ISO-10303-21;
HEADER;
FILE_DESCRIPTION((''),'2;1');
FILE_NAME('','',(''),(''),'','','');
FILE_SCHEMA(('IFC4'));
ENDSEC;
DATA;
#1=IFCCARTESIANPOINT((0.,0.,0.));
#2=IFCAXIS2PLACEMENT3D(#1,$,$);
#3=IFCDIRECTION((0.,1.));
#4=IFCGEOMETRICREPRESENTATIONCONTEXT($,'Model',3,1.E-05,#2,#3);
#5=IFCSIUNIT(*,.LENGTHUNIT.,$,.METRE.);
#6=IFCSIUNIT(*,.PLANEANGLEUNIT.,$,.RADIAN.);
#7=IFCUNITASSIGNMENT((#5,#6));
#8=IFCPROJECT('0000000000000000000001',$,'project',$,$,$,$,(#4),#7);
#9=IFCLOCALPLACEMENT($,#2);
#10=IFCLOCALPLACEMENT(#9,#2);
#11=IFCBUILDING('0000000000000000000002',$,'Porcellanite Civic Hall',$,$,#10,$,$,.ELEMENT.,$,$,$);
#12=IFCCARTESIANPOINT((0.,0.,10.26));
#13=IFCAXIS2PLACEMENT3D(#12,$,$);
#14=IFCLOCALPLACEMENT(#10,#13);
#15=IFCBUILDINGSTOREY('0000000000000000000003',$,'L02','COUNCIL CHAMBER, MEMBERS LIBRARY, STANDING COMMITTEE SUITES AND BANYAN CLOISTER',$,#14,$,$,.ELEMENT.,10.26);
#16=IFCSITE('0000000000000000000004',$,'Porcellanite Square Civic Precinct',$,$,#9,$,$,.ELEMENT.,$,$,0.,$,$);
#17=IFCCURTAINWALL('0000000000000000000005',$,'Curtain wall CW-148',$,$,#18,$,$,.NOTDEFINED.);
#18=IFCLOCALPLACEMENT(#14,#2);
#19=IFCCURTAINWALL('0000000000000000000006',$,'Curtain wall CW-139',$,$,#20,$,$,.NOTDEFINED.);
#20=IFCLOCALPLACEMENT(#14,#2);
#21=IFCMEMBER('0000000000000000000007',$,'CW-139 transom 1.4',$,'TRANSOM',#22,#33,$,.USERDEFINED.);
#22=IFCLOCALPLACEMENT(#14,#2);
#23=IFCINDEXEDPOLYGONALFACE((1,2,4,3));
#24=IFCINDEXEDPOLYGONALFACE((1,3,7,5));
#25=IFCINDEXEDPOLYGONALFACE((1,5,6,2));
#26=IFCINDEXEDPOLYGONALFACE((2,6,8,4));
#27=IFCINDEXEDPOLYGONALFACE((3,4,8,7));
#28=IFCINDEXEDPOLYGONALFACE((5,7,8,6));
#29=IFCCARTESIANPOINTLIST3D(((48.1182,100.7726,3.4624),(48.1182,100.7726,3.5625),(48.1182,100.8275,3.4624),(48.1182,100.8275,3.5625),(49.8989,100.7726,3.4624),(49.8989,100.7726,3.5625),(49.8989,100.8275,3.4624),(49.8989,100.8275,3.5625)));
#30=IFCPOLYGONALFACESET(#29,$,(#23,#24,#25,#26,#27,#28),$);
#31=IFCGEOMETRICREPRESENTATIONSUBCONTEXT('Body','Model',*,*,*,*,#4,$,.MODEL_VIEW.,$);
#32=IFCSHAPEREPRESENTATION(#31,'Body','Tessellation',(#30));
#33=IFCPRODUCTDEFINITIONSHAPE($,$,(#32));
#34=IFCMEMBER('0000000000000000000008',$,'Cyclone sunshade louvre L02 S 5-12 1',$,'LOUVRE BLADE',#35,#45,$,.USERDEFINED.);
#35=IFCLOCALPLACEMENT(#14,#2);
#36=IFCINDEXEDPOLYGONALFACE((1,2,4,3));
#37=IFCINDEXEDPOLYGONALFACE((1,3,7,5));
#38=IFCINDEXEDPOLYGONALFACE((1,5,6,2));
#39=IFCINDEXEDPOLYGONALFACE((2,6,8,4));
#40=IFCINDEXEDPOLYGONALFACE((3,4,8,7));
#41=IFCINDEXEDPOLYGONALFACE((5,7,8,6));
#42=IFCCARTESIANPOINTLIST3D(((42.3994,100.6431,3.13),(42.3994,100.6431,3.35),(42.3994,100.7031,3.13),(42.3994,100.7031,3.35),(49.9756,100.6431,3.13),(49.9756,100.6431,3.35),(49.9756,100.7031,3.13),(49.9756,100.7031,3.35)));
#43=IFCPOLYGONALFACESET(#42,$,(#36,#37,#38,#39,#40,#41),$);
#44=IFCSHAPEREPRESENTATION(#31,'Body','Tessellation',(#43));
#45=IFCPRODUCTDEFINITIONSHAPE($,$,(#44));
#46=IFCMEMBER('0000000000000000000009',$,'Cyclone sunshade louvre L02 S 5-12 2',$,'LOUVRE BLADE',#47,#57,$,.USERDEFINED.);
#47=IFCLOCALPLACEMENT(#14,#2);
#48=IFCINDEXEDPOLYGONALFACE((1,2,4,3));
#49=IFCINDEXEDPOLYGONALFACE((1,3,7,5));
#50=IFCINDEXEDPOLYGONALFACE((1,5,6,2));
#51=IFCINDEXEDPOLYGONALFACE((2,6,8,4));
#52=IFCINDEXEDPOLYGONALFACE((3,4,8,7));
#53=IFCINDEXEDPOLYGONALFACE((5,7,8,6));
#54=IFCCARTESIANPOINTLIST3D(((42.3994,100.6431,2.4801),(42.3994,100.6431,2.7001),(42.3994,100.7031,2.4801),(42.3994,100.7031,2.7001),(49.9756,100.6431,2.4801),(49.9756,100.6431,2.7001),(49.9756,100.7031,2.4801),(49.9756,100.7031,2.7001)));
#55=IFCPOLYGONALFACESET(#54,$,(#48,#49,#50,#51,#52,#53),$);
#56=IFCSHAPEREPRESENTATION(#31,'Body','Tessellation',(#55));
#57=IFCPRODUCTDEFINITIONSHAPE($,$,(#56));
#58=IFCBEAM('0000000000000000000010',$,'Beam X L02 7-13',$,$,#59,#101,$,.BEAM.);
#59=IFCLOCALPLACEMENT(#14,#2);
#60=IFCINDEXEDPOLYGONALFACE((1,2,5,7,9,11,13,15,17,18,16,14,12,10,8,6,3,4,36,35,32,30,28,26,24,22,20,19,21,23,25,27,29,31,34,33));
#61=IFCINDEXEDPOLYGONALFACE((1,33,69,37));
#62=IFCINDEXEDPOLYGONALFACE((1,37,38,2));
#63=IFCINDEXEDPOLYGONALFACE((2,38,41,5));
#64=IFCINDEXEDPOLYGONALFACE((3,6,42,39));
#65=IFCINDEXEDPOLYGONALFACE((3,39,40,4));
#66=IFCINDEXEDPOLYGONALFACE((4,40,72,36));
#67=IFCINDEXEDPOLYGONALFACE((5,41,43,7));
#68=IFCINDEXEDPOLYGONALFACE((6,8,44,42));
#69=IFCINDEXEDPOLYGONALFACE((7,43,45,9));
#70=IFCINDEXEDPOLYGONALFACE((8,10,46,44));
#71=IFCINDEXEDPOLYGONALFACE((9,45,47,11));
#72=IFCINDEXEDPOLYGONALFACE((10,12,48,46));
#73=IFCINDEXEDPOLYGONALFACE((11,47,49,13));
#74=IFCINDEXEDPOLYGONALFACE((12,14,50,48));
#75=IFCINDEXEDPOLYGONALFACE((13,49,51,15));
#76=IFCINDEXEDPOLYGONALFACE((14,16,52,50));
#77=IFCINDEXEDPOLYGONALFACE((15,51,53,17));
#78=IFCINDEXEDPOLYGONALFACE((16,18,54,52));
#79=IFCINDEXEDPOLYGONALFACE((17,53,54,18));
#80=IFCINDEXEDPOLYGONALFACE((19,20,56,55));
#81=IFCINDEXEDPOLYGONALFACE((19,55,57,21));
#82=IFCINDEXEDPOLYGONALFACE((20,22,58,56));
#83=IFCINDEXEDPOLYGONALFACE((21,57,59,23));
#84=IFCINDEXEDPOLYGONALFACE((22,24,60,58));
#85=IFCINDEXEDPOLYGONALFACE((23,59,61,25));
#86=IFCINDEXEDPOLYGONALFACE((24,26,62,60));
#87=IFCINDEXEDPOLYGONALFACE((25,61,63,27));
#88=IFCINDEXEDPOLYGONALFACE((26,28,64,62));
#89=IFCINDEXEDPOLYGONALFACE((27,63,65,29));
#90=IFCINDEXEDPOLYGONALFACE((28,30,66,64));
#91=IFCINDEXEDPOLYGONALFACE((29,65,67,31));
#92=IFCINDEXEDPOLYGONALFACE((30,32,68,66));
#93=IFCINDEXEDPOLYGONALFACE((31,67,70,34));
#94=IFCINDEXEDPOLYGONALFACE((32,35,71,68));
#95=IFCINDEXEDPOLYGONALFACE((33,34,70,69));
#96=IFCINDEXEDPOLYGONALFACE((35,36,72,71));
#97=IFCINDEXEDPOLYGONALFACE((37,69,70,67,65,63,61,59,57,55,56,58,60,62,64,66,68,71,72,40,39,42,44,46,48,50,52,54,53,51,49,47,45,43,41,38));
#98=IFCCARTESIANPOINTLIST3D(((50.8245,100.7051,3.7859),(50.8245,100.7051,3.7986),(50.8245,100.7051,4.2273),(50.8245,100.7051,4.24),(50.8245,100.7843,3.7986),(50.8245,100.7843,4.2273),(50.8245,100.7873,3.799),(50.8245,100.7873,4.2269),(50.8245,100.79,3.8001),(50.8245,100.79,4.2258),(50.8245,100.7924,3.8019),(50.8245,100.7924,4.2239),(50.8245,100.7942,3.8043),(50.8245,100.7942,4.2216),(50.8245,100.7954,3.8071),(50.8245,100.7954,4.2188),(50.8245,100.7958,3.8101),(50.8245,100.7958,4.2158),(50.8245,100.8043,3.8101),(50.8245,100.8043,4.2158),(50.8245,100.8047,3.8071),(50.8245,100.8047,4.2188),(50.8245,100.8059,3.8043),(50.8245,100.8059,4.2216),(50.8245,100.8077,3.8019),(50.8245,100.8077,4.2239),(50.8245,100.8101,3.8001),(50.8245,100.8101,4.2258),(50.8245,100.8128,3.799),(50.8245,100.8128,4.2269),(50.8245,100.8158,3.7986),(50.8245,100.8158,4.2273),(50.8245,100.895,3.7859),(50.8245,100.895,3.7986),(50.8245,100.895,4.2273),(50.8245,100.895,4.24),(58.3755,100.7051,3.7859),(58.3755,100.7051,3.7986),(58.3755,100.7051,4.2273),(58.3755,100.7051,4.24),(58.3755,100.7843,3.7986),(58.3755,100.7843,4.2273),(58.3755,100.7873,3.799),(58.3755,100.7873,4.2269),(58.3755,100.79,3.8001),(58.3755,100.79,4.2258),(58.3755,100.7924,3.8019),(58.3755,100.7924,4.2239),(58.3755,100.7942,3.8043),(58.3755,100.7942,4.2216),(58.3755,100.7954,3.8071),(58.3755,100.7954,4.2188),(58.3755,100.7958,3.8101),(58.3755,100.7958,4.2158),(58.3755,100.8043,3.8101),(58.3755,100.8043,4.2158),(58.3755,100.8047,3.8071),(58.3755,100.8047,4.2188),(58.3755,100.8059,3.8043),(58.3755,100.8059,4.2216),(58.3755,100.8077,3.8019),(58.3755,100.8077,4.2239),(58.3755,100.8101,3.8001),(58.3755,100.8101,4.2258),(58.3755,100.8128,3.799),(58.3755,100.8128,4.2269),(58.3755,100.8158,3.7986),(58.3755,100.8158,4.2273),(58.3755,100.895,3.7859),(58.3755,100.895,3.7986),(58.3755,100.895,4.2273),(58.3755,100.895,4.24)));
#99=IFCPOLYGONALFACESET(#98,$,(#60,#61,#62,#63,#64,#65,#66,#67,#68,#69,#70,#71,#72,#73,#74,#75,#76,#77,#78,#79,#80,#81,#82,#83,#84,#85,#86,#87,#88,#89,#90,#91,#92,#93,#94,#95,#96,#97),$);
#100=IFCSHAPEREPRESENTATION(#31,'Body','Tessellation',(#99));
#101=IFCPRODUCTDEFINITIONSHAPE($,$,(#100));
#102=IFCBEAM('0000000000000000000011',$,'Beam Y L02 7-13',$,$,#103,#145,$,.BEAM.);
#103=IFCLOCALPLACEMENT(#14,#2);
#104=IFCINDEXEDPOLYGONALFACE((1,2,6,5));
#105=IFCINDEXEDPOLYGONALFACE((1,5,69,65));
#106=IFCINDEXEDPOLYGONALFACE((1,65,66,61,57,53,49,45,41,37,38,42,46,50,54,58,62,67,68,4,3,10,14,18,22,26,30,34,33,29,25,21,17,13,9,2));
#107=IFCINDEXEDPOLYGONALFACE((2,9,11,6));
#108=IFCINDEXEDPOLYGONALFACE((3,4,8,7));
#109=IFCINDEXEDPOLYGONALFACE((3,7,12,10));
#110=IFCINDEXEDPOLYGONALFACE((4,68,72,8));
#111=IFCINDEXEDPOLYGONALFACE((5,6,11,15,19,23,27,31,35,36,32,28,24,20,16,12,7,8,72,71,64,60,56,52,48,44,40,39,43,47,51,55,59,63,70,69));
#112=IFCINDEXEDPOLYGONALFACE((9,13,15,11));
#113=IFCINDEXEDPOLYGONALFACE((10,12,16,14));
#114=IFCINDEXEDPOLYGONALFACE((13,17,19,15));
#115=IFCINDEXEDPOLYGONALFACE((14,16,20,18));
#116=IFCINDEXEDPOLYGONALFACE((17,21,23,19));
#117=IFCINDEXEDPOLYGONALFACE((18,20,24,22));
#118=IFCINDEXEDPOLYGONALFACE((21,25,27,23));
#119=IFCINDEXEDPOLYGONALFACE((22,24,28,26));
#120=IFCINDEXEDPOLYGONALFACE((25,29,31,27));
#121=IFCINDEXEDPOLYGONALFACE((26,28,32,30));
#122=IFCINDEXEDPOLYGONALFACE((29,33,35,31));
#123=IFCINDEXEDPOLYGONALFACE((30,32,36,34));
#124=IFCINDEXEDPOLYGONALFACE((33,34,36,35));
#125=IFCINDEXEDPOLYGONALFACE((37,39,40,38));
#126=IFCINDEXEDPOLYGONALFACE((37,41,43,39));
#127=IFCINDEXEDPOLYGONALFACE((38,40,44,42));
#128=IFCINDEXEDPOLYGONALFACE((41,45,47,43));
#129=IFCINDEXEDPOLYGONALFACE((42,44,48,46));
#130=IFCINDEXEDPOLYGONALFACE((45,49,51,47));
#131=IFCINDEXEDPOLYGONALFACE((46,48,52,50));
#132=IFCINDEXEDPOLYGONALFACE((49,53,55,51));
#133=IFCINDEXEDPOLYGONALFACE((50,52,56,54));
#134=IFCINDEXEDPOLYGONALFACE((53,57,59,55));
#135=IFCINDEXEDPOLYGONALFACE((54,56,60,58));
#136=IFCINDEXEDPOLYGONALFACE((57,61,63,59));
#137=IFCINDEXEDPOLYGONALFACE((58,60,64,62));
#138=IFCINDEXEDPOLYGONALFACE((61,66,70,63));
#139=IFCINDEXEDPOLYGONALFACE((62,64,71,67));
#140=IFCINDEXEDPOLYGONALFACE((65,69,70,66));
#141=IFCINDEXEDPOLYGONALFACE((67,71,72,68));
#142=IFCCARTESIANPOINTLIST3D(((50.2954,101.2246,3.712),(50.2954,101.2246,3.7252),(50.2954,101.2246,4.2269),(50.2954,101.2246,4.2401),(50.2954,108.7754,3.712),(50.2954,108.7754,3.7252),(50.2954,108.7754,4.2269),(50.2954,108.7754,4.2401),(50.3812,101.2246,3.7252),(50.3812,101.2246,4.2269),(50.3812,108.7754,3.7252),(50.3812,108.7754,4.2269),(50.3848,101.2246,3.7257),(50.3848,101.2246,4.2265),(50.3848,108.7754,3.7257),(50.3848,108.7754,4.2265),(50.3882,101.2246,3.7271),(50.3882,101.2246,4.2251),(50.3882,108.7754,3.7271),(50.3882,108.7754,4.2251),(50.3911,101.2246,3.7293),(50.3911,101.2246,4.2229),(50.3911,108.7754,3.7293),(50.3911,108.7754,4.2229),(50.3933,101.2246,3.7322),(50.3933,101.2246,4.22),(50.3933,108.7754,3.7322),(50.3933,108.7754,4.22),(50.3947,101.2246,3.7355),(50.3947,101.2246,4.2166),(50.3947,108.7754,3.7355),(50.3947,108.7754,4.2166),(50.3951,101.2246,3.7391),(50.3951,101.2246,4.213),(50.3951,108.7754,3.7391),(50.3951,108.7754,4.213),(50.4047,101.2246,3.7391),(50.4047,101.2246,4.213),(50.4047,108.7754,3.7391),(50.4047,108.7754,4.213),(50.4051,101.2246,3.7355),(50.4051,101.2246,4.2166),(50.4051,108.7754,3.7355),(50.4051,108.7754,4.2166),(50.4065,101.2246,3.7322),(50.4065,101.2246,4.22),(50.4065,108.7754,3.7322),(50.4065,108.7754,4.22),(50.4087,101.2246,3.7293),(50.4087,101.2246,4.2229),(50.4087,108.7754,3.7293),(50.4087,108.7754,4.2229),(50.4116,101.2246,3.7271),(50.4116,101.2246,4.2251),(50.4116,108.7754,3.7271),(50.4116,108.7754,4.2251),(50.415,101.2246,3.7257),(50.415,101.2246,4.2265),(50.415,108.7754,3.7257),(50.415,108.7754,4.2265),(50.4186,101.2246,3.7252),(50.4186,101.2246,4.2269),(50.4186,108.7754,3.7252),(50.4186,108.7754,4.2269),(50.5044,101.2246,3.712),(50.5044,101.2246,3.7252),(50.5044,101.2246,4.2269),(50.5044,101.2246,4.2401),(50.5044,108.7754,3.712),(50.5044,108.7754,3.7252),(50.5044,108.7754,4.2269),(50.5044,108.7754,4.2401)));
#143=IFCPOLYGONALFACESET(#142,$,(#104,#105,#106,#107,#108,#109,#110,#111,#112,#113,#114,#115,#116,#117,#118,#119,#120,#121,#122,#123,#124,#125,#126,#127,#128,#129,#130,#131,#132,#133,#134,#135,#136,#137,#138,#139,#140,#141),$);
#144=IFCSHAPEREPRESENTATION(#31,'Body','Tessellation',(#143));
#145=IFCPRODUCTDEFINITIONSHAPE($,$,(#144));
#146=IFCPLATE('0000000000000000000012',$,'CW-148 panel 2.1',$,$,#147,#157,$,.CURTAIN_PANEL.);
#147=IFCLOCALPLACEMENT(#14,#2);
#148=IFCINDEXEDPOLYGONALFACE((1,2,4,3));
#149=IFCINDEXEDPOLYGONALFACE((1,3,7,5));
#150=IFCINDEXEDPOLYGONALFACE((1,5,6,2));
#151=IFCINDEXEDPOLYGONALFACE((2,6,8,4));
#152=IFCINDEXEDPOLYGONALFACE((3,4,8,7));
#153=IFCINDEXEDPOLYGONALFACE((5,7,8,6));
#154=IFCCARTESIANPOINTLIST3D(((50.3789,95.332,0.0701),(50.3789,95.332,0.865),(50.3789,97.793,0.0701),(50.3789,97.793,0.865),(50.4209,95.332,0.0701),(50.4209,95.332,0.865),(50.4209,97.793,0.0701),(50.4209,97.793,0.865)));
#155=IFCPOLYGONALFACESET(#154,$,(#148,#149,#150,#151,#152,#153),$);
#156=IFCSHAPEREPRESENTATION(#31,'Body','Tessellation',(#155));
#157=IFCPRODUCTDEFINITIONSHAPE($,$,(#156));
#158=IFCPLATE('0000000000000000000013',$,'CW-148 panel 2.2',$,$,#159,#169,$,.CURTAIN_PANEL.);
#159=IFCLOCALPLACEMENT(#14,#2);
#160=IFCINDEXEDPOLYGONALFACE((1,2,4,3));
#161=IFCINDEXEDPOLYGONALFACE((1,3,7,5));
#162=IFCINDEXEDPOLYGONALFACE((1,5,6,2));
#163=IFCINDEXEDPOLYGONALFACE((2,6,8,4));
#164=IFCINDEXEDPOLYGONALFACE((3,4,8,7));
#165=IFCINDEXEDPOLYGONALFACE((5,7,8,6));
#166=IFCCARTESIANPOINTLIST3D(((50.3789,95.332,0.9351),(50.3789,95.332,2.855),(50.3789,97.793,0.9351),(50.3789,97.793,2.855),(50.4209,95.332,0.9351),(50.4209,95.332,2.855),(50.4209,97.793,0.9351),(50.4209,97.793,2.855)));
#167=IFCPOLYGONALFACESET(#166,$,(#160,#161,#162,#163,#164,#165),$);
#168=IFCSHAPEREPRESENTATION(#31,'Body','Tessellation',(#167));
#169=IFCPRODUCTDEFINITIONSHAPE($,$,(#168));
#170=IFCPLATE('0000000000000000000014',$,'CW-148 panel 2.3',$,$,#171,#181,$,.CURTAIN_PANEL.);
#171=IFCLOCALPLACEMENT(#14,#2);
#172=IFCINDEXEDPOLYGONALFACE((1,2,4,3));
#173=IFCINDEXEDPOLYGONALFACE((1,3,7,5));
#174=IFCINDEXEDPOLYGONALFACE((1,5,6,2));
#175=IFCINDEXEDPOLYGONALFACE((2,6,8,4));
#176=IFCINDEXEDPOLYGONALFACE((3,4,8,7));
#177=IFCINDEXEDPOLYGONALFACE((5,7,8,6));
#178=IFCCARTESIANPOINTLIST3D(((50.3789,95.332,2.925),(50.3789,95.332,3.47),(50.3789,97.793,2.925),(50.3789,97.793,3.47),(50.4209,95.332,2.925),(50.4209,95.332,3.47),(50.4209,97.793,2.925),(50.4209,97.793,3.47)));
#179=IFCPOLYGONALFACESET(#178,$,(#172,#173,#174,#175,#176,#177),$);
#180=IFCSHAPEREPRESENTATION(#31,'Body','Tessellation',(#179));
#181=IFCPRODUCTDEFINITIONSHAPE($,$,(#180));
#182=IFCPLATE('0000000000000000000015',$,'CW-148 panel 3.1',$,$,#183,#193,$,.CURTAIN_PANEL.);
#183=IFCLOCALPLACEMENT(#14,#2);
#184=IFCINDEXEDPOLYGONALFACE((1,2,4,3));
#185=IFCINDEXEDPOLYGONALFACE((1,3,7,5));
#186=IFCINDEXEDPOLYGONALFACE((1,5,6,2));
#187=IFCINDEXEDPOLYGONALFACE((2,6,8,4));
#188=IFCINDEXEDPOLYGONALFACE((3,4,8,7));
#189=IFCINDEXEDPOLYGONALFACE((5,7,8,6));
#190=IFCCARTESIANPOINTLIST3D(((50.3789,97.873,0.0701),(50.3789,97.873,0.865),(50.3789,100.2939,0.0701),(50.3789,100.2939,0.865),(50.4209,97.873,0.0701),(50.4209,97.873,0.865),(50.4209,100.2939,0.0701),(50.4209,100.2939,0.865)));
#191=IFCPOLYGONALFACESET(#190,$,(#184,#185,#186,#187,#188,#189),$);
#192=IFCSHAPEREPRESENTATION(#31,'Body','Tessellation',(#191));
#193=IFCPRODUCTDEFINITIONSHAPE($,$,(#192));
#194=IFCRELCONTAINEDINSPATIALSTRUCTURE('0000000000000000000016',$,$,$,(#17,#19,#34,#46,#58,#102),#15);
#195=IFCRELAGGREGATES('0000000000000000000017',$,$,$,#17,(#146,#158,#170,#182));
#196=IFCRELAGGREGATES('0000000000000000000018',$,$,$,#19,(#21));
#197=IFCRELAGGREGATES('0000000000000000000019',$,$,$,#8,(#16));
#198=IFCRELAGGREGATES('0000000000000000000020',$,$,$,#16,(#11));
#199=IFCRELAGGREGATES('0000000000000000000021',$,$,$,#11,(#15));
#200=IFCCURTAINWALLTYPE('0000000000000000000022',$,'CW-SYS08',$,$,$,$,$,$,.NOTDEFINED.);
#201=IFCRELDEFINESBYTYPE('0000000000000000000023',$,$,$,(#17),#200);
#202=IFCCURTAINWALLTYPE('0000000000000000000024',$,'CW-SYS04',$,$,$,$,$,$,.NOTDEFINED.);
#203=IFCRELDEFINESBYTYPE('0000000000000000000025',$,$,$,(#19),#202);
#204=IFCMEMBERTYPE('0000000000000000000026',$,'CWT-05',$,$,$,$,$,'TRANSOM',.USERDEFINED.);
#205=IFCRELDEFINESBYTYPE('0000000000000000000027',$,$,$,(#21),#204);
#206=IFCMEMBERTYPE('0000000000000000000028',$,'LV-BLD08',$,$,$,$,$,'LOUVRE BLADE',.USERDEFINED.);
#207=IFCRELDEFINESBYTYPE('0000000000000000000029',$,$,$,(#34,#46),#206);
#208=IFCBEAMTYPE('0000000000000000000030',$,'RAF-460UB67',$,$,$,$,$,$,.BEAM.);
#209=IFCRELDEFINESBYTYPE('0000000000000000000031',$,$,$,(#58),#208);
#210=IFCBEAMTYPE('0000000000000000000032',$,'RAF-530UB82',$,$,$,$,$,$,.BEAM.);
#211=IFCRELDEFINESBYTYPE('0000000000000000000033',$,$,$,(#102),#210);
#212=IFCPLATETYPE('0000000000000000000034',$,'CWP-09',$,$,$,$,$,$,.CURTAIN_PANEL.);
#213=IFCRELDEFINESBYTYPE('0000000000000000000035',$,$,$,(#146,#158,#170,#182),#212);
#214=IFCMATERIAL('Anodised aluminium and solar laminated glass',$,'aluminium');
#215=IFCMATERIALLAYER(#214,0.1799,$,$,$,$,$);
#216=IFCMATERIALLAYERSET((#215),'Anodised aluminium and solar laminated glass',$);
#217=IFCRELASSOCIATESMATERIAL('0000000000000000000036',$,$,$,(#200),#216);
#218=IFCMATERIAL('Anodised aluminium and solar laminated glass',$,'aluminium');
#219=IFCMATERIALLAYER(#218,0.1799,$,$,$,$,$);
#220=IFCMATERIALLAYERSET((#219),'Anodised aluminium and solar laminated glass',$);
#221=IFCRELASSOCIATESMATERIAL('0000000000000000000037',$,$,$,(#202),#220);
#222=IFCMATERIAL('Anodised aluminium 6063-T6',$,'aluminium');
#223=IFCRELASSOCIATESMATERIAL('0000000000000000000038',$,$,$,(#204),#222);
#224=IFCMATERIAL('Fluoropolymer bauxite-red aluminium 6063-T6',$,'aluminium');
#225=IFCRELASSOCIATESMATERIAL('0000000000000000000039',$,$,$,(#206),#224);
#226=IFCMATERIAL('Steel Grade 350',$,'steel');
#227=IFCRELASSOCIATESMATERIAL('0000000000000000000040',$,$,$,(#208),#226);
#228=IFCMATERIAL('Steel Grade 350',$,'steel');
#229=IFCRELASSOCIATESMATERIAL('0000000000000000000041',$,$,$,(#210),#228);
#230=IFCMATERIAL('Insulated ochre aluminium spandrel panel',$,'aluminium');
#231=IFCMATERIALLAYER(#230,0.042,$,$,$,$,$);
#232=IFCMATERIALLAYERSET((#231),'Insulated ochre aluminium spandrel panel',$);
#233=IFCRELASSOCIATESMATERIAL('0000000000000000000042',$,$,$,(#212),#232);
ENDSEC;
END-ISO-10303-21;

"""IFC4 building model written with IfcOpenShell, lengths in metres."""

from ifc_helpers import new_model, si_unit, direction, frame, origin, origin_2d, place, context, subcontext, project, spatial, rectangle, i_section, extrude, material, layer, layer_set, material_profile, profile_set, type_object, element, aggregate, save


model = new_model("IFC4")

# Units and contexts
model_context = context("Model", 3, precision=1e-05, world=origin(), true_north=direction((0.0, 1.0)))
body_context = subcontext(model_context, "Body", "Model", "MODEL_VIEW")
ifc_project = project(units=[si_unit("LENGTHUNIT", "METRE"), si_unit("PLANEANGLEUNIT", "RADIAN")], contexts=[model_context])

# Site, building, storey
site_placement = place(None, origin())
site = spatial("IfcSite", under=ifc_project, at=site_placement, Name="Porcellanite Square Civic Precinct", CompositionType="ELEMENT", RefElevation=0.0)
building_placement = place(site_placement, origin())
building = spatial("IfcBuilding", under=site, at=building_placement, Name="Porcellanite Civic Hall", CompositionType="ELEMENT")
storey_placement = place(building_placement, frame((0.0, 0.0, 10.26)))
storey = spatial("IfcBuildingStorey", under=building, at=storey_placement, Name="L02", Description="COUNCIL CHAMBER, MEMBERS LIBRARY, STANDING COMMITTEE SUITES AND BANYAN CLOISTER", CompositionType="ELEMENT", Elevation=10.26)

# Curtain wall
ifc_material_1 = material(Name="Anodised aluminium and solar laminated glass", Category="aluminium")
ifc_layer_1 = layer(ifc_material_1, 0.1799)
ifc_layer_set_1 = layer_set([ifc_layer_1], Name="Anodised aluminium and solar laminated glass")
curtain_wall_type_1 = type_object("IfcCurtainWallType", Name="CW-SYS08", PredefinedType="NOTDEFINED", material=ifc_layer_set_1)
curtain_wall_1_placement = place(storey_placement, origin())
curtain_wall_1 = element("IfcCurtainWall", 1, at=curtain_wall_1_placement, inside=storey, type_object=curtain_wall_type_1, Name="Curtain wall CW-148", PredefinedType="NOTDEFINED")

# Curtain wall
ifc_material_2 = material(Name="Anodised aluminium and solar laminated glass", Category="aluminium")
ifc_layer_2 = layer(ifc_material_2, 0.1799)
ifc_layer_set_2 = layer_set([ifc_layer_2], Name="Anodised aluminium and solar laminated glass")
curtain_wall_type_2 = type_object("IfcCurtainWallType", Name="CW-SYS04", PredefinedType="NOTDEFINED", material=ifc_layer_set_2)
curtain_wall_2_placement = place(storey_placement, origin())
curtain_wall_2 = element("IfcCurtainWall", 2, at=curtain_wall_2_placement, inside=storey, type_object=curtain_wall_type_2, Name="Curtain wall CW-139", PredefinedType="NOTDEFINED")

# Member
ifc_material_3 = material(Name="Anodised aluminium 6063-T6", Category="aluminium")
ifc_material_profile_1 = material_profile(ifc_material_3, rectangle(XDim=0.0549, YDim=0.1001, at=origin_2d()), Name="AL-55x100")
ifc_profile_set_1 = profile_set([ifc_material_profile_1], Name="Anodised aluminium 6063-T6")
member_type_1 = type_object("IfcMemberType", Name="CWT-05", ElementType="TRANSOM", PredefinedType="USERDEFINED", material=ifc_profile_set_1)
member_1_placement = place(storey_placement, frame((49.8989, 100.8, 3.5125), z_axis=(-1.0, 0.0, 0.0), x_axis=(0.0, -1.0, 0.0)))
member_1 = element("IfcMember", 3, at=member_1_placement, type_object=member_type_1, Name="CW-139 transom 1.4", ObjectType="TRANSOM", PredefinedType="USERDEFINED", context=body_context, shape_type="SweptSolid", body=[
    extrude(rectangle(XDim=0.0549, YDim=0.1001, at=origin_2d()), origin(), (0.0, 0.0, 1.0), 1.7808),
])

# Members
ifc_material_4 = material(Name="Fluoropolymer bauxite-red aluminium 6063-T6", Category="aluminium")
ifc_material_profile_2 = material_profile(ifc_material_4, rectangle(XDim=0.0601, YDim=0.22, at=origin_2d()), Name="AL-60x220")
ifc_profile_set_2 = profile_set([ifc_material_profile_2], Name="Fluoropolymer bauxite-red aluminium 6063-T6")
member_type_2 = type_object("IfcMemberType", Name="LV-BLD08", ElementType="LOUVRE BLADE", PredefinedType="USERDEFINED", material=ifc_profile_set_2)
for number, where, z_axis, x_axis, name in (
    (4, (49.9756, 100.6731, 3.24), (-1.0, 0.0, 0.0), (0.0, -1.0, 0.0), "Cyclone sunshade louvre L02 S 5-12 1"),
    (5, (49.9756, 100.6731, 2.5901), (-1.0, 0.0, 0.0), (0.0, -1.0, 0.0), "Cyclone sunshade louvre L02 S 5-12 2"),
):
    element("IfcMember", number, at=place(storey_placement, frame(where, z_axis=z_axis, x_axis=x_axis)), inside=storey, type_object=member_type_2, Name=name, ObjectType="LOUVRE BLADE", PredefinedType="USERDEFINED", context=body_context, shape_type="SweptSolid", body=[
        extrude(rectangle(XDim=0.0601, YDim=0.22, at=origin_2d()), origin(), (0.0, 0.0, 1.0), 7.5762),
    ])

# Beams
ifc_material_5 = material(Name="Steel Grade 350", Category="steel")
ifc_material_profile_3 = material_profile(ifc_material_5, i_section(OverallWidth=0.1899, OverallDepth=0.4541, WebThickness=0.0085, FlangeThickness=0.0127, FilletRadius=0.0115, at=origin_2d()), Name="460UB67.1")
ifc_profile_set_3 = profile_set([ifc_material_profile_3], Name="Steel Grade 350")
beam_type_1 = type_object("IfcBeamType", Name="RAF-460UB67", PredefinedType="BEAM", material=ifc_profile_set_3)
beam_1_placement = place(storey_placement, frame((50.8245, 100.8, 4.0129), z_axis=(1.0, 0.0, 0.0), x_axis=(0.0, 1.0, 0.0)))
element("IfcBeam", 6, at=beam_1_placement, inside=storey, type_object=beam_type_1, Name="Beam X L02 7-13", PredefinedType="BEAM", context=body_context, shape_type="SweptSolid", body=[
    extrude(i_section(OverallWidth=0.1899, OverallDepth=0.4541, WebThickness=0.0085, FlangeThickness=0.0127, FilletRadius=0.0115, at=origin_2d()), origin(), (0.0, 0.0, 1.0), 7.551),
])
ifc_material_6 = material(Name="Steel Grade 350", Category="steel")
ifc_material_profile_4 = material_profile(ifc_material_6, i_section(OverallWidth=0.209, OverallDepth=0.5281, WebThickness=0.0095, FlangeThickness=0.0132, FilletRadius=0.0139, at=origin_2d()), Name="530UB82.0")
ifc_profile_set_4 = profile_set([ifc_material_profile_4], Name="Steel Grade 350")
beam_type_2 = type_object("IfcBeamType", Name="RAF-530UB82", PredefinedType="BEAM", material=ifc_profile_set_4)
beam_2_placement = place(storey_placement, frame((50.3999, 101.2246, 3.9761), z_axis=(0.0, 1.0, 0.0), x_axis=(-1.0, 0.0, 0.0)))
element("IfcBeam", 7, at=beam_2_placement, inside=storey, type_object=beam_type_2, Name="Beam Y L02 7-13", PredefinedType="BEAM", context=body_context, shape_type="SweptSolid", body=[
    extrude(i_section(OverallWidth=0.209, OverallDepth=0.5281, WebThickness=0.0095, FlangeThickness=0.0132, FilletRadius=0.0139, at=origin_2d()), origin(), (0.0, 0.0, 1.0), 7.5508),
])

# Plates
ifc_material_7 = material(Name="Insulated ochre aluminium spandrel panel", Category="aluminium")
ifc_layer_3 = layer(ifc_material_7, 0.042)
ifc_layer_set_3 = layer_set([ifc_layer_3], Name="Insulated ochre aluminium spandrel panel")
plate_type_1 = type_object("IfcPlateType", Name="CWP-09", PredefinedType="CURTAIN_PANEL", material=ifc_layer_set_3)
plate_1_placement = place(storey_placement, frame((50.3999, 96.5625, 0.0701), z_axis=(0.0, 0.0, 1.0), x_axis=(0.0, 1.0, 0.0)))
plate_1 = element("IfcPlate", 8, at=plate_1_placement, type_object=plate_type_1, Name="CW-148 panel 2.1", PredefinedType="CURTAIN_PANEL", context=body_context, shape_type="SweptSolid", body=[
    extrude(rectangle(XDim=2.4609, YDim=0.042, at=origin_2d()), origin(), (0.0, 0.0, 1.0), 0.7949),
])
plate_2_placement = place(storey_placement, frame((50.3999, 96.5625, 0.9351), z_axis=(0.0, 0.0, 1.0), x_axis=(0.0, 1.0, 0.0)))
plate_2 = element("IfcPlate", 9, at=plate_2_placement, type_object=plate_type_1, Name="CW-148 panel 2.2", PredefinedType="CURTAIN_PANEL", context=body_context, shape_type="SweptSolid", body=[
    extrude(rectangle(XDim=2.4609, YDim=0.042, at=origin_2d()), origin(), (0.0, 0.0, 1.0), 1.9199),
])
plate_3_placement = place(storey_placement, frame((50.3999, 96.5625, 2.925), z_axis=(0.0, 0.0, 1.0), x_axis=(0.0, 1.0, 0.0)))
plate_3 = element("IfcPlate", 10, at=plate_3_placement, type_object=plate_type_1, Name="CW-148 panel 2.3", PredefinedType="CURTAIN_PANEL", context=body_context, shape_type="SweptSolid", body=[
    extrude(rectangle(XDim=2.4609, YDim=0.042, at=origin_2d()), origin(), (0.0, 0.0, 1.0), 0.5449),
])
plate_4_placement = place(storey_placement, frame((50.3999, 99.0835, 0.0701), z_axis=(0.0, 0.0, 1.0), x_axis=(0.0, 1.0, 0.0)))
plate_4 = element("IfcPlate", 11, at=plate_4_placement, type_object=plate_type_1, Name="CW-148 panel 3.1", PredefinedType="CURTAIN_PANEL", context=body_context, shape_type="SweptSolid", body=[
    extrude(rectangle(XDim=2.4209, YDim=0.042, at=origin_2d()), origin(), (0.0, 0.0, 1.0), 0.7949),
])
aggregate(curtain_wall_1, [plate_1, plate_2, plate_3, plate_4])
aggregate(curtain_wall_2, [member_1])

save(model, "model.ifc")
